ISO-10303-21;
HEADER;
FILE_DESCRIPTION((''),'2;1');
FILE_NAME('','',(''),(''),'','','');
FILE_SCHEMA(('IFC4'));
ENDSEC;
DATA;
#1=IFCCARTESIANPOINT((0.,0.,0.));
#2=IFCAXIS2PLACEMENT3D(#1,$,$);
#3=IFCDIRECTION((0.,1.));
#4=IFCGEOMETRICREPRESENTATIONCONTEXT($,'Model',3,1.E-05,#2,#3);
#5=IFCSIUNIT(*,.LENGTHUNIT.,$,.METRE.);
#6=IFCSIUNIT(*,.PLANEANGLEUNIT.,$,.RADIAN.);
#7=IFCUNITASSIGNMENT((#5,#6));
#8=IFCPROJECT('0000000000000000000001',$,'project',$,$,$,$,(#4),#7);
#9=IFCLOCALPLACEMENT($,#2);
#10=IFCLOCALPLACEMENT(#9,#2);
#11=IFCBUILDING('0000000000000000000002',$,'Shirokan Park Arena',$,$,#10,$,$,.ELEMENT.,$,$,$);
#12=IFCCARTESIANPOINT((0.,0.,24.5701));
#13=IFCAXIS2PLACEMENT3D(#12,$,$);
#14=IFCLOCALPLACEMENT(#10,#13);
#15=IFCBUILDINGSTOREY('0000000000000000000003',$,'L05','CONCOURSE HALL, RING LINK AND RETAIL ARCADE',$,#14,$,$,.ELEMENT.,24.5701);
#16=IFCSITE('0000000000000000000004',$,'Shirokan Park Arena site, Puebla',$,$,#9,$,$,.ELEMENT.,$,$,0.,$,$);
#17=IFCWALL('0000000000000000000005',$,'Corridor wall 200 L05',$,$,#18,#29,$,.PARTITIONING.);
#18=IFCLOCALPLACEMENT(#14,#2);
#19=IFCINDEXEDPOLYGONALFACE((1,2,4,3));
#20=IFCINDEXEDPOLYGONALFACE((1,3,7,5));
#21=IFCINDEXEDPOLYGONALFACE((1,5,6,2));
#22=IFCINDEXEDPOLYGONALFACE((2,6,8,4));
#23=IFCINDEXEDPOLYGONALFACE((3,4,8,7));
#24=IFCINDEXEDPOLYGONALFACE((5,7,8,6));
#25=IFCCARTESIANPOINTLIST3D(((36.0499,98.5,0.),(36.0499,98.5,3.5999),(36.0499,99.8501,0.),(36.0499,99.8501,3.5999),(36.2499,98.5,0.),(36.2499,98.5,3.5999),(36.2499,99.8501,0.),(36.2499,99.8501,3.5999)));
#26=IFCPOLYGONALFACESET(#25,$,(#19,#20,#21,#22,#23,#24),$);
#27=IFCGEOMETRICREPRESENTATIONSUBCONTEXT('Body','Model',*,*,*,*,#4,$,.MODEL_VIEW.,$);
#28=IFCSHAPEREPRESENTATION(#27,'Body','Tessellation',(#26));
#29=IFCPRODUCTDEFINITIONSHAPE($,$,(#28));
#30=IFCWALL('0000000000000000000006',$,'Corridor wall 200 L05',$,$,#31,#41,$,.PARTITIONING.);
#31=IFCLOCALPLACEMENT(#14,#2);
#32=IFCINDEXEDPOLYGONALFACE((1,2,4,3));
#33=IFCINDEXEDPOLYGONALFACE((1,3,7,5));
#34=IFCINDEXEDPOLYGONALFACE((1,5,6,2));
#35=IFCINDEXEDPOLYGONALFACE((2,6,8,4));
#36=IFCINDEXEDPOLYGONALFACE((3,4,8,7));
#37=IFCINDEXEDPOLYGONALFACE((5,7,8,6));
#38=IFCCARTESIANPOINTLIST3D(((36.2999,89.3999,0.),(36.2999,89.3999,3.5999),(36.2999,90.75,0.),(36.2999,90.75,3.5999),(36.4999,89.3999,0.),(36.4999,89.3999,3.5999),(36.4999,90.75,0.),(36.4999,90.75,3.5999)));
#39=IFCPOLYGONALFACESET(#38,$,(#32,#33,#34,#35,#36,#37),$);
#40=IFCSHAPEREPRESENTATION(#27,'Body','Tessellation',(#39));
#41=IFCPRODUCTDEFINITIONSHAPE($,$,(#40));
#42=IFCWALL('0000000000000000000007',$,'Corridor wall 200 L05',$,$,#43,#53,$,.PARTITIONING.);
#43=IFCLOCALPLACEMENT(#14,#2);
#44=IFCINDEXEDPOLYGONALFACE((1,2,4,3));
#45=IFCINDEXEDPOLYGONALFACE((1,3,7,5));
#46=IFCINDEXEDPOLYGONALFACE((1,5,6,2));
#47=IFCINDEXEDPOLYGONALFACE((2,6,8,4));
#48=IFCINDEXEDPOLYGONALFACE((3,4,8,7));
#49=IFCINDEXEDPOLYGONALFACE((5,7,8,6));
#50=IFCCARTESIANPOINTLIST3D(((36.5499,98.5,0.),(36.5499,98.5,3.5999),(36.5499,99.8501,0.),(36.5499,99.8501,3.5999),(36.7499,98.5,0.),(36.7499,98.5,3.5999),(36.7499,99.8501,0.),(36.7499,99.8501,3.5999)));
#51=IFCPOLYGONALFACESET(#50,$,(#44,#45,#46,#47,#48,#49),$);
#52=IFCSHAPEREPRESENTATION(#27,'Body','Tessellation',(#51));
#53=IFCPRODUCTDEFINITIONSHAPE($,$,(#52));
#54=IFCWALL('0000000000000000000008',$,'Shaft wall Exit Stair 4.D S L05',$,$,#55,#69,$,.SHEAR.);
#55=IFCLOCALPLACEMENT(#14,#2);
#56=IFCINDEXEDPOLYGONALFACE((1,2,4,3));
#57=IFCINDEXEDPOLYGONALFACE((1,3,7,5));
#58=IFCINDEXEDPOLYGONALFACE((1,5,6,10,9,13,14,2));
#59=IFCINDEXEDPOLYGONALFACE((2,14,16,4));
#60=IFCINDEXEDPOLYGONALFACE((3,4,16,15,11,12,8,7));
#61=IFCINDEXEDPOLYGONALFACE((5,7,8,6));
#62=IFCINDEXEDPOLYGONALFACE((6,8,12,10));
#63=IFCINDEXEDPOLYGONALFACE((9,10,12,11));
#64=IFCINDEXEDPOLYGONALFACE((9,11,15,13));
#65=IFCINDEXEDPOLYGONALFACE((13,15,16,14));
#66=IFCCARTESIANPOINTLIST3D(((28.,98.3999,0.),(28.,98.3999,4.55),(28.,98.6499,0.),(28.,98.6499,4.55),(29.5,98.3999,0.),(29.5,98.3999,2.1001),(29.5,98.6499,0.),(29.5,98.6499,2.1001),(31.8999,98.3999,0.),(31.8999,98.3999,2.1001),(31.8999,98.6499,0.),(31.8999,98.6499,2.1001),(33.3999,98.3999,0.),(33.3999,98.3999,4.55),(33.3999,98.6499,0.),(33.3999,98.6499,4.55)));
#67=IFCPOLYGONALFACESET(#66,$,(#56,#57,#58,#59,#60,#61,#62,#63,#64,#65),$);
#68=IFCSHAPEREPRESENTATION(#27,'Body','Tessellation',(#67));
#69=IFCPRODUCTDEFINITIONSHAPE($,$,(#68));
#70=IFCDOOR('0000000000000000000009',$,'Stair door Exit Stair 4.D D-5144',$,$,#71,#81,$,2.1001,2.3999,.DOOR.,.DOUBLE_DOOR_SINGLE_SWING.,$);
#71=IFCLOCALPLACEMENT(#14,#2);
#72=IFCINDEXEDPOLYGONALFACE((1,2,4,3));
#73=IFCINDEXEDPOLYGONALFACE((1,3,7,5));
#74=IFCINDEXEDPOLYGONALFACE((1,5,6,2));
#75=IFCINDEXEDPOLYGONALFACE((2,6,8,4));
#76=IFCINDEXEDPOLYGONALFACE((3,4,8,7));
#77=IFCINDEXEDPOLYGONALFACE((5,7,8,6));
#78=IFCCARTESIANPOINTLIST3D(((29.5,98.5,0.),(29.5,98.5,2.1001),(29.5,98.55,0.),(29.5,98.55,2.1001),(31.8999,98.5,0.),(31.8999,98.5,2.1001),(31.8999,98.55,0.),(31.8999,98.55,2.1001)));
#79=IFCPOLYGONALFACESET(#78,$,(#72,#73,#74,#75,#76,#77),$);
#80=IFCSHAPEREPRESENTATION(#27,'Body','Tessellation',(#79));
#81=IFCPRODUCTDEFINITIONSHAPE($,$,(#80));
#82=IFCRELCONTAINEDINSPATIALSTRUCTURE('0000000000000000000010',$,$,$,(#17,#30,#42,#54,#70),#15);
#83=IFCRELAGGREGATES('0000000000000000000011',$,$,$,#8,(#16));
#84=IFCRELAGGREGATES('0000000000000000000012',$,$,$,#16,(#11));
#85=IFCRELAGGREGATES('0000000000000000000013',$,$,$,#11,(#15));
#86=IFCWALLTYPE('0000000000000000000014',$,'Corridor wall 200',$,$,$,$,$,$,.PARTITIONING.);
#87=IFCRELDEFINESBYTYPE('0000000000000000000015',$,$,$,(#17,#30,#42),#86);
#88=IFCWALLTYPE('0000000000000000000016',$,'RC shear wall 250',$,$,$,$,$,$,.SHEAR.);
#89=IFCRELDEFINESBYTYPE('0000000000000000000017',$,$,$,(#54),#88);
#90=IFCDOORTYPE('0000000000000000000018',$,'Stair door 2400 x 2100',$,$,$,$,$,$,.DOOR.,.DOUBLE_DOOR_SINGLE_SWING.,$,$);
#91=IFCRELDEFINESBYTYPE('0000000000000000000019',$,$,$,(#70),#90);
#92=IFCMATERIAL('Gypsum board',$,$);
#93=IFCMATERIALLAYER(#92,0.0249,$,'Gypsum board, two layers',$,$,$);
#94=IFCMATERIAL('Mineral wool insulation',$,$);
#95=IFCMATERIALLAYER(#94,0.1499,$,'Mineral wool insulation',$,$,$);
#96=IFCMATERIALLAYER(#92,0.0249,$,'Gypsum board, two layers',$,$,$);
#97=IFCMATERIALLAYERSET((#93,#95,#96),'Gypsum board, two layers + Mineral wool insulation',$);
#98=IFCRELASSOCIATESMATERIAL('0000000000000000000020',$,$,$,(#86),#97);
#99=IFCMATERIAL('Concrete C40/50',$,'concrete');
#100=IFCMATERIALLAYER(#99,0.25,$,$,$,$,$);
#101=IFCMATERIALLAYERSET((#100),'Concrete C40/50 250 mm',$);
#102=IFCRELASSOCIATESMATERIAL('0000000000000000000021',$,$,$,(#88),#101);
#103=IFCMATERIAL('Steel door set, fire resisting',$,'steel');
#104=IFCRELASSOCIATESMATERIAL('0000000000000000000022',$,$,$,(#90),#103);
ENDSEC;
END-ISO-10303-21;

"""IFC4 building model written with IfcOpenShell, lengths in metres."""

from ifc_helpers import new_model, si_unit, direction, frame, frame_2d, origin, place, context, subcontext, project, spatial, rectangle, extrude, material, layer, layer_set, type_object, element, fill, save


model = new_model("IFC4")

# Units and contexts
model_context = context("Model", 3, precision=1e-05, world=origin(), true_north=direction((0.0, 1.0)))
body_context = subcontext(model_context, "Body", "Model", "MODEL_VIEW")
ifc_project = project(units=[si_unit("LENGTHUNIT", "METRE"), si_unit("PLANEANGLEUNIT", "RADIAN")], contexts=[model_context])

# Site, building, storey
site_placement = place(None, origin())
site = spatial("IfcSite", under=ifc_project, at=site_placement, Name="Shirokan Park Arena site, Puebla", CompositionType="ELEMENT", RefElevation=0.0)
building_placement = place(site_placement, origin())
building = spatial("IfcBuilding", under=site, at=building_placement, Name="Shirokan Park Arena", CompositionType="ELEMENT")
storey_placement = place(building_placement, frame((0.0, 0.0, 24.5701)))
storey = spatial("IfcBuildingStorey", under=building, at=storey_placement, Name="L05", Description="CONCOURSE HALL, RING LINK AND RETAIL ARCADE", CompositionType="ELEMENT", Elevation=24.5701)

# Shared definitions
ifc_material_1 = material(Name="Gypsum board")
ifc_layer_1 = layer(ifc_material_1, 0.0249, Name="Gypsum board, two layers")
ifc_material_2 = material(Name="Mineral wool insulation")
ifc_layer_2 = layer(ifc_material_2, 0.1499, Name="Mineral wool insulation")
ifc_layer_3 = layer(ifc_material_1, 0.0249, Name="Gypsum board, two layers")
ifc_layer_set_1 = layer_set([ifc_layer_1, ifc_layer_2, ifc_layer_3], Name="Gypsum board, two layers + Mineral wool insulation")
wall_type_1 = type_object("IfcWallType", Name="Corridor wall 200", PredefinedType="PARTITIONING", material=ifc_layer_set_1)

# Walls
for number, where, z_axis, x_axis, name in (
    (1, (36.1499, 98.5, 0.0), (0.0, 0.0, 1.0), (0.0, 1.0, 0.0), "Corridor wall 200 L05"),
    (2, (36.3999, 90.75, 0.0), (0.0, 0.0, 1.0), (0.0, -1.0, 0.0), "Corridor wall 200 L05"),
):
    element("IfcWall", number, at=place(storey_placement, frame(where, z_axis=z_axis, x_axis=x_axis)), inside=storey, type_object=wall_type_1, Name=name, PredefinedType="PARTITIONING", context=body_context, shape_type="SweptSolid", body=[
        extrude(rectangle(XDim=1.3501, YDim=0.2, at=frame_2d((0.675, 0.0))), origin(), (0.0, 0.0, 1.0), 3.5999),
    ])

# Wall
wall_1_placement = place(storey_placement, frame((36.6499, 99.8501, 0.0), z_axis=(0.0, 0.0, 1.0), x_axis=(0.0, -1.0, 0.0)))
element("IfcWall", 3, at=wall_1_placement, inside=storey, type_object=wall_type_1, Name="Corridor wall 200 L05", PredefinedType="PARTITIONING", context=body_context, shape_type="SweptSolid", body=[
    extrude(rectangle(XDim=1.3501, YDim=0.2, at=frame_2d((0.675, 0.0))), origin(), (0.0, 0.0, 1.0), 3.5999),
])

# Shared definitions
ifc_material_3 = material(Name="Steel door set, fire resisting", Category="steel")

# Wall, opening, door
ifc_material_4 = material(Name="Concrete C40/50", Category="concrete")
ifc_layer_4 = layer(ifc_material_4, 0.25)
ifc_layer_set_2 = layer_set([ifc_layer_4], Name="Concrete C40/50 250 mm")
wall_type_2 = type_object("IfcWallType", Name="RC shear wall 250", PredefinedType="SHEAR", material=ifc_layer_set_2)
wall_2_placement = place(storey_placement, frame((33.3999, 98.5249, 0.0), z_axis=(0.0, 0.0, 1.0), x_axis=(-1.0, 0.0, 0.0)))
wall_2 = element("IfcWall", 4, at=wall_2_placement, inside=storey, type_object=wall_type_2, Name="Shaft wall Exit Stair 4.D S L05", PredefinedType="SHEAR", context=body_context, shape_type="SweptSolid", body=[
    extrude(rectangle(XDim=5.3999, YDim=0.25, at=frame_2d((2.7, 0.0))), origin(), (0.0, 0.0, 1.0), 4.55),
])
opening_1_placement = place(wall_2_placement, frame((1.5, 0.0, 0.0)))
opening_1 = element("IfcOpeningElement", 5, at=opening_1_placement, cuts=wall_2, PredefinedType="OPENING", context=body_context, shape_type="SweptSolid", body=[
    extrude(rectangle(XDim=2.3999, YDim=2.1001, at=frame_2d((1.2, 1.05))), frame((0.0, 0.135, 0.0), z_axis=(0.0, -1.0, 0.0), x_axis=(1.0, 0.0, 0.0)), (0.0, 0.0, 1.0), 0.27),
])
door_type_1 = type_object("IfcDoorType", Name="Stair door 2400 x 2100", OperationType="DOUBLE_DOOR_SINGLE_SWING", PredefinedType="DOOR", material=ifc_material_3)
door_1_placement = place(opening_1_placement, origin())
door_1 = element("IfcDoor", 6, at=door_1_placement, inside=storey, type_object=door_type_1, Name="Stair door Exit Stair 4.D D-5144", OperationType="DOUBLE_DOOR_SINGLE_SWING", OverallHeight=2.1001, OverallWidth=2.3999, PredefinedType="DOOR", context=body_context, shape_type="SweptSolid", body=[
    extrude(rectangle(XDim=2.3999, YDim=2.1001, at=frame_2d((1.2, 1.05))), frame((0.0, 0.0249, 0.0), z_axis=(0.0, -1.0, 0.0), x_axis=(1.0, 0.0, 0.0)), (0.0, 0.0, 1.0), 0.05),
])
fill(opening_1, door_1)

save(model, "model.ifc")
